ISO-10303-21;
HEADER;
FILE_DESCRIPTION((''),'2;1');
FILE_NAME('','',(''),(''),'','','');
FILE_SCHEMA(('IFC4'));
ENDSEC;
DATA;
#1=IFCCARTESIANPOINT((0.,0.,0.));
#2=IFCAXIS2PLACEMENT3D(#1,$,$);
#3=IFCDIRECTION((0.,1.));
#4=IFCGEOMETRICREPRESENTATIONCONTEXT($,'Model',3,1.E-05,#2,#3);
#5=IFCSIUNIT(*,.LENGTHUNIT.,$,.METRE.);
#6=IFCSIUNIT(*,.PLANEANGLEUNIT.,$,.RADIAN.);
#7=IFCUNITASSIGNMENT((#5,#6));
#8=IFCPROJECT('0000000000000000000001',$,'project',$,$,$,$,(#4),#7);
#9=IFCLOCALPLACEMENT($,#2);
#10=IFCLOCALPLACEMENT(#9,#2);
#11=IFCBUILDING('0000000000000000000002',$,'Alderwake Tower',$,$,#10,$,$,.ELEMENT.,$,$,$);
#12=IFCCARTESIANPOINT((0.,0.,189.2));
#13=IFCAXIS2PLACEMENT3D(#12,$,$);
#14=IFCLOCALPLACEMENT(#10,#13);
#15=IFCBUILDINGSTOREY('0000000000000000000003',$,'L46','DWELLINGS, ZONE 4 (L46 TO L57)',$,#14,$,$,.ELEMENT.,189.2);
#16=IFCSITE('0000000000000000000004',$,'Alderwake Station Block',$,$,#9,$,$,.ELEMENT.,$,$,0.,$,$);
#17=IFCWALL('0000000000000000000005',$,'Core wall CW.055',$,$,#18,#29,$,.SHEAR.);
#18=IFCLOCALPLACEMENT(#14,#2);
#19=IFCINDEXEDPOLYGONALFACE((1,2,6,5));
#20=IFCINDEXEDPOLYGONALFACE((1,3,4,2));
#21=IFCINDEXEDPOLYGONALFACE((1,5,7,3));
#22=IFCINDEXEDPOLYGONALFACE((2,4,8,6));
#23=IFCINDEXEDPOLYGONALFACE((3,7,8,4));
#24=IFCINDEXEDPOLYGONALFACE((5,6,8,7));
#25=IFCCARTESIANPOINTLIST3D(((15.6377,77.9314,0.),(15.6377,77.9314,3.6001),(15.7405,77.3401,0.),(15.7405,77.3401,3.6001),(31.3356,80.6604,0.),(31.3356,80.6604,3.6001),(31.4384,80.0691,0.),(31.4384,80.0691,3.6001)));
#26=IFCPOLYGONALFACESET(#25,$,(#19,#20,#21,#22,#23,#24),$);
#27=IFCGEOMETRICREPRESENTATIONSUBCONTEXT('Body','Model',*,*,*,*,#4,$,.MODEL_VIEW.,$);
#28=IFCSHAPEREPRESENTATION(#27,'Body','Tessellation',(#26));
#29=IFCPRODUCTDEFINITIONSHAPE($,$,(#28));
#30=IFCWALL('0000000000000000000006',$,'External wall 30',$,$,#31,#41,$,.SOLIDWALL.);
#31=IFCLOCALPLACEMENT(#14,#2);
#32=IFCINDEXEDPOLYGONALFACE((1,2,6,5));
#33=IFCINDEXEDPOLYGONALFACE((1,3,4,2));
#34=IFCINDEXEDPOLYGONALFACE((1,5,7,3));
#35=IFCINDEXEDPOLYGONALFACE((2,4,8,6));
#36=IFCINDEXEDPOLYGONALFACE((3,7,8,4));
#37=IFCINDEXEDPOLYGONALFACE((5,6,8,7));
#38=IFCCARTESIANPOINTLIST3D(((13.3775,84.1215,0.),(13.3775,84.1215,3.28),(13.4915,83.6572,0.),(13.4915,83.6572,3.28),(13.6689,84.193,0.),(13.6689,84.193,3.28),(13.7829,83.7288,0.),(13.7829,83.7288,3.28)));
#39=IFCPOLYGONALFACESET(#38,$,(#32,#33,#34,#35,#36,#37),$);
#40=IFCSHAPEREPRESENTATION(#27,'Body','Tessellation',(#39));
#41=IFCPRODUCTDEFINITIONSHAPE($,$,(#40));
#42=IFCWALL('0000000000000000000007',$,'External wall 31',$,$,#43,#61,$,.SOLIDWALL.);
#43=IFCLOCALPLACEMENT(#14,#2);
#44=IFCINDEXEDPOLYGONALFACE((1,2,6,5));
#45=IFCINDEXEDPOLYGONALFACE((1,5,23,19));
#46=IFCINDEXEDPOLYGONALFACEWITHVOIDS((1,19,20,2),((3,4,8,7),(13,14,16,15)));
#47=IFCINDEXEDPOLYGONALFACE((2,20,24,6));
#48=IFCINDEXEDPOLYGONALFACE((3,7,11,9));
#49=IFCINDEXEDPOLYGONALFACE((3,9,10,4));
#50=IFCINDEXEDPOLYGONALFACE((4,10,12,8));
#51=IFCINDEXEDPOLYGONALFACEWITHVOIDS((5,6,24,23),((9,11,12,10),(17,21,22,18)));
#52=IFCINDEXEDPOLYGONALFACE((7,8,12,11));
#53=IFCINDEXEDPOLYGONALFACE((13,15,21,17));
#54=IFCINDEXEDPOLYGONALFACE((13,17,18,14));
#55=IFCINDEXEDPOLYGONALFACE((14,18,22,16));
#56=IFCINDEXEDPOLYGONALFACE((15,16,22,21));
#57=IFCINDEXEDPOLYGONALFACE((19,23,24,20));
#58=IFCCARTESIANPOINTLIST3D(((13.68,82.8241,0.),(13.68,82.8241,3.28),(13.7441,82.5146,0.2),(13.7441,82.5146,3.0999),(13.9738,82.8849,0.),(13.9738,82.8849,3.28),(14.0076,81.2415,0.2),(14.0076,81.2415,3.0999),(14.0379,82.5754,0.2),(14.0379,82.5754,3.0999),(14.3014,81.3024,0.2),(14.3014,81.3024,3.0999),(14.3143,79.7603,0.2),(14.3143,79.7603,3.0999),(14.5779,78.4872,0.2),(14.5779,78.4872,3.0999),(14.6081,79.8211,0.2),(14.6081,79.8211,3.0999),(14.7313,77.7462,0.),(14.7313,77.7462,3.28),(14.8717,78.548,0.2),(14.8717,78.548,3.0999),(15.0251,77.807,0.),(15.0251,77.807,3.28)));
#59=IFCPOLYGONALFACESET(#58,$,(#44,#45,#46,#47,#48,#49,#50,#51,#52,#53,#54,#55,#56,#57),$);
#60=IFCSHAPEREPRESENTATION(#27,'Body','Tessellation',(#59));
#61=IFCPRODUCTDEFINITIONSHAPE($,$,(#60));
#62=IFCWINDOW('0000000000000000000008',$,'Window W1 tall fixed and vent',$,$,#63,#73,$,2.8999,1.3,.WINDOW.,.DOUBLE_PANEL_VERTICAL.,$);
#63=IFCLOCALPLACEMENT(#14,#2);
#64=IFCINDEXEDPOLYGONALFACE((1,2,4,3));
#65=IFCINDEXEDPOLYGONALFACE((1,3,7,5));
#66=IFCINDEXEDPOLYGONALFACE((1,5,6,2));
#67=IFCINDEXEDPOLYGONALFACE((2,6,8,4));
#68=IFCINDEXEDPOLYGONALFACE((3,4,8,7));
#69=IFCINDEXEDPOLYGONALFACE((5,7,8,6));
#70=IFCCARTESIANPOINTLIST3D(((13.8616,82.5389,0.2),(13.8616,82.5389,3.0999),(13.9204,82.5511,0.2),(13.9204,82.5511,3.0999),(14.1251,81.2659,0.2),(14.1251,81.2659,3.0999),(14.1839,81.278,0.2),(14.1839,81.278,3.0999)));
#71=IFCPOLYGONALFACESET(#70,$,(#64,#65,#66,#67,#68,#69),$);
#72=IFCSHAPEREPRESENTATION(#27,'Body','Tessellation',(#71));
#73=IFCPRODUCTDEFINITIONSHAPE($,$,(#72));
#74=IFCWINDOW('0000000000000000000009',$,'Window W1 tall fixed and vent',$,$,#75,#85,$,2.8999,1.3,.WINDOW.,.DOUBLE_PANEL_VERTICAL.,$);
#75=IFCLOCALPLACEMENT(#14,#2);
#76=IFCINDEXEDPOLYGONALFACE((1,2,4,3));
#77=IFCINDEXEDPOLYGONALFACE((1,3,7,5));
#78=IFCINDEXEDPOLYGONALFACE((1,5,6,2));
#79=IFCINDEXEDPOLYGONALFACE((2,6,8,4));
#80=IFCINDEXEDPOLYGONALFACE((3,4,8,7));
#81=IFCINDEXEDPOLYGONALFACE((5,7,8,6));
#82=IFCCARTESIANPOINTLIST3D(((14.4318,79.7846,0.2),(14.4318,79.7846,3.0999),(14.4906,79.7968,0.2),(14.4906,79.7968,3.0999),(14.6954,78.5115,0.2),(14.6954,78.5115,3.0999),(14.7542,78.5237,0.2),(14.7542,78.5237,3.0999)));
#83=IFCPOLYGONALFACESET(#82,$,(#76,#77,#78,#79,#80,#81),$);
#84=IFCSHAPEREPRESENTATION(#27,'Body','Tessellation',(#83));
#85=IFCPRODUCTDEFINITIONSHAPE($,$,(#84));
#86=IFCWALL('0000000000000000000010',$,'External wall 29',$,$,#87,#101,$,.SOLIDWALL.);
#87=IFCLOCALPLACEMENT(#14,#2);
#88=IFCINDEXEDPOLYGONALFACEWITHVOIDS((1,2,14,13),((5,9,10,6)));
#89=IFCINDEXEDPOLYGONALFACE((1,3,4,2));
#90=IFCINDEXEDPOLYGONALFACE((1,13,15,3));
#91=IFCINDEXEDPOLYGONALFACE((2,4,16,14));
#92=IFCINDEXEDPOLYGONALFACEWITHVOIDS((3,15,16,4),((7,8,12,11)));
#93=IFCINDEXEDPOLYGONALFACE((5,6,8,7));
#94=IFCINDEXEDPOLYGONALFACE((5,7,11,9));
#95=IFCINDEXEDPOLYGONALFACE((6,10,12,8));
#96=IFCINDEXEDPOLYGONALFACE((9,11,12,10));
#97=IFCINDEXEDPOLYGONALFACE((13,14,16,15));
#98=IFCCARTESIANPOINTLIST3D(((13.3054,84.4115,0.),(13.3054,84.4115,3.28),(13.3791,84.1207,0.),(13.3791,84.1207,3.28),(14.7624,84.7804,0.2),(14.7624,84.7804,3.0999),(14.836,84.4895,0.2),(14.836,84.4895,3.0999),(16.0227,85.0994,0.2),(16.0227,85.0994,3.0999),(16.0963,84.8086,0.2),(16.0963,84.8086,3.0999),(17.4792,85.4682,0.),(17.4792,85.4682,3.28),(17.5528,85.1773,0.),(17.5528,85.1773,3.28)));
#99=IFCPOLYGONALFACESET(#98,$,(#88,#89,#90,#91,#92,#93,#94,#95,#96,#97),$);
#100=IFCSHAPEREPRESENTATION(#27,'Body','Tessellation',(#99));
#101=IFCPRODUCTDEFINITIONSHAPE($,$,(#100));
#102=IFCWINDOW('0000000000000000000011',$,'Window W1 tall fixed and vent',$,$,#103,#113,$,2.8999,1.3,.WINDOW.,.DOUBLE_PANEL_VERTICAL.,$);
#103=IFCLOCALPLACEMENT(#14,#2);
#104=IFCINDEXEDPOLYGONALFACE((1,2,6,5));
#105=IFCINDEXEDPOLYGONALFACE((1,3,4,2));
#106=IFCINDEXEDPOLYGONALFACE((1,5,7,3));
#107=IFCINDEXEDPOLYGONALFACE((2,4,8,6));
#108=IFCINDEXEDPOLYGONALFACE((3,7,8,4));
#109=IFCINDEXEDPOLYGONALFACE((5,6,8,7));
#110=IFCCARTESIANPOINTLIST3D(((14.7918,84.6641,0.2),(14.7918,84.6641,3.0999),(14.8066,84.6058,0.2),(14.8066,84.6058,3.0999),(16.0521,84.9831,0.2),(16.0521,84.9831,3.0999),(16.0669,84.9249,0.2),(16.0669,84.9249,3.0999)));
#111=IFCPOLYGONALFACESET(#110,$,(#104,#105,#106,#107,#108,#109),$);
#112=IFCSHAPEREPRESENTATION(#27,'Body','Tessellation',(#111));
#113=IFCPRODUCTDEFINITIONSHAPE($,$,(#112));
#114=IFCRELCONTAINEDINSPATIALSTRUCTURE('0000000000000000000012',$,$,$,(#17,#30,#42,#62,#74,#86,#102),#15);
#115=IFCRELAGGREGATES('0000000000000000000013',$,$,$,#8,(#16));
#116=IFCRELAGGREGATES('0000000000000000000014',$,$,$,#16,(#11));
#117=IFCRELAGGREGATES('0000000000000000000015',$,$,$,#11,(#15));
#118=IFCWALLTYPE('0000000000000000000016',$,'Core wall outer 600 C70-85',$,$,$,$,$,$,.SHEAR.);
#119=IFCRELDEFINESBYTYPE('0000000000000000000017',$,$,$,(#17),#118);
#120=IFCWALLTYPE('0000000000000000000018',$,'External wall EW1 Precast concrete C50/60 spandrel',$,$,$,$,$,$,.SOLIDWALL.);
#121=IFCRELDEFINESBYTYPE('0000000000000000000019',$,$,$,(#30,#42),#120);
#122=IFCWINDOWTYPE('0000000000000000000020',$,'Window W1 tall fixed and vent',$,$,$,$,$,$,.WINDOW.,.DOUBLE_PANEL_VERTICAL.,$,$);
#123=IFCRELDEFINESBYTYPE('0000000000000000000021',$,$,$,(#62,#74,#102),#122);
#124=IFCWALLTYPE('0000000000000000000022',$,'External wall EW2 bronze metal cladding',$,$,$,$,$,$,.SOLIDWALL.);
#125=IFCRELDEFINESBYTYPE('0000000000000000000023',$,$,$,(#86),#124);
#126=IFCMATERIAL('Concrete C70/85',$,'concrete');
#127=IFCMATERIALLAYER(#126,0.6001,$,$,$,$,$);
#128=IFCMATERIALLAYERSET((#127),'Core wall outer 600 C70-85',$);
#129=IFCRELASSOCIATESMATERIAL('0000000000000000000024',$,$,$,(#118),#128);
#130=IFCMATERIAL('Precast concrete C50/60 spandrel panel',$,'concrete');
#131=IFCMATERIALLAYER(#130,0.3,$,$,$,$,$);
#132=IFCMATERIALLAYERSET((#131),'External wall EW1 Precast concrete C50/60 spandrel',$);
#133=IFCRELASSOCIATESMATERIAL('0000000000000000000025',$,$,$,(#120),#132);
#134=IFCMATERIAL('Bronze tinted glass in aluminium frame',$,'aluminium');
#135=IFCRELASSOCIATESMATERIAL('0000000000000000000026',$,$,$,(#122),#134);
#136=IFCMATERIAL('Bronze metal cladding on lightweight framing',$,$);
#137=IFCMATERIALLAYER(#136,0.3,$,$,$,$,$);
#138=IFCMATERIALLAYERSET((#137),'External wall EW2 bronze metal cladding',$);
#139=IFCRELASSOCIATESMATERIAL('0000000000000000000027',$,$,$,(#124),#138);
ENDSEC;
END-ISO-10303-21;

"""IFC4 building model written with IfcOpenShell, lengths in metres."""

from ifc_helpers import new_model, si_unit, direction, frame, frame_2d, origin, place, context, subcontext, project, spatial, rectangle, extrude, material, layer, layer_set, type_object, element, fill, save


model = new_model("IFC4")

# Units and contexts
model_context = context("Model", 3, precision=1e-05, world=origin(), true_north=direction((0.0, 1.0)))
body_context = subcontext(model_context, "Body", "Model", "MODEL_VIEW")
ifc_project = project(units=[si_unit("LENGTHUNIT", "METRE"), si_unit("PLANEANGLEUNIT", "RADIAN")], contexts=[model_context])

# Site, building, storey
site_placement = place(None, origin())
site = spatial("IfcSite", under=ifc_project, at=site_placement, Name="Alderwake Station Block", CompositionType="ELEMENT", RefElevation=0.0)
building_placement = place(site_placement, origin())
building = spatial("IfcBuilding", under=site, at=building_placement, Name="Alderwake Tower", CompositionType="ELEMENT")
storey_placement = place(building_placement, frame((0.0, 0.0, 189.2)))
storey = spatial("IfcBuildingStorey", under=building, at=storey_placement, Name="L46", Description="DWELLINGS, ZONE 4 (L46 TO L57)", CompositionType="ELEMENT", Elevation=189.2)

# Walls
ifc_material_1 = material(Name="Concrete C70/85", Category="concrete")
ifc_layer_1 = layer(ifc_material_1, 0.6001)
ifc_layer_set_1 = layer_set([ifc_layer_1], Name="Core wall outer 600 C70-85")
wall_type_1 = type_object("IfcWallType", Name="Core wall outer 600 C70-85", PredefinedType="SHEAR", material=ifc_layer_set_1)
wall_1_placement = place(storey_placement, frame((15.689, 77.6357, 0.0), z_axis=(0.0, 0.0, 1.0), x_axis=(0.985223, 0.171275, 0.0)))
element("IfcWall", 1, at=wall_1_placement, inside=storey, type_object=wall_type_1, Name="Core wall CW.055", PredefinedType="SHEAR", context=body_context, shape_type="SweptSolid", body=[
    extrude(rectangle(XDim=15.9333, YDim=0.6001, at=frame_2d((7.9668, 0.0))), origin(), (0.0, 0.0, 1.0), 3.6001),
])
ifc_material_2 = material(Name="Precast concrete C50/60 spandrel panel", Category="concrete")
ifc_layer_2 = layer(ifc_material_2, 0.3)
ifc_layer_set_2 = layer_set([ifc_layer_2], Name="External wall EW1 Precast concrete C50/60 spandrel")
wall_type_2 = type_object("IfcWallType", Name="External wall EW1 Precast concrete C50/60 spandrel", PredefinedType="SOLIDWALL", material=ifc_layer_set_2)
wall_2_placement = place(storey_placement, frame((13.5232, 84.1572, 0.0), z_axis=(0.0, 0.0, 1.0), x_axis=(0.238449, -0.971155, 0.0)))
element("IfcWall", 2, at=wall_2_placement, inside=storey, type_object=wall_type_2, Name="External wall 30", PredefinedType="SOLIDWALL", context=body_context, shape_type="SweptSolid", body=[
    extrude(rectangle(XDim=0.478, YDim=0.3, at=frame_2d((0.239, 0.0))), origin(), (0.0, 0.0, 1.0), 3.28),
])

# Wall, openings, windows
wall_3_placement = place(storey_placement, frame((13.8269, 82.8545, 0.0), z_axis=(0.0, 0.0, 1.0), x_axis=(0.20273, -0.979235, 0.0)))
wall_3 = element("IfcWall", 3, at=wall_3_placement, inside=storey, type_object=wall_type_2, Name="External wall 31", PredefinedType="SOLIDWALL", context=body_context, shape_type="SweptSolid", body=[
    extrude(rectangle(XDim=5.1855, YDim=0.3, at=frame_2d((2.5928, 0.0))), origin(), (0.0, 0.0, 1.0), 3.28),
])
opening_1_placement = place(wall_3_placement, frame((0.3162, 0.0, 0.2)))
opening_1 = element("IfcOpeningElement", 4, at=opening_1_placement, cuts=wall_3, PredefinedType="OPENING", context=body_context, shape_type="SweptSolid", body=[
    extrude(rectangle(XDim=1.3, YDim=2.8999, at=frame_2d((0.6499, 1.45))), frame((0.0, 0.1599, 0.0), z_axis=(0.0, -1.0, 0.0), x_axis=(1.0, 0.0, 0.0)), (0.0, 0.0, 1.0), 0.3201),
])
opening_2_placement = place(wall_3_placement, frame((3.1289, 0.0, 0.2)))
opening_2 = element("IfcOpeningElement", 5, at=opening_2_placement, cuts=wall_3, PredefinedType="OPENING", context=body_context, shape_type="SweptSolid", body=[
    extrude(rectangle(XDim=1.3, YDim=2.8999, at=frame_2d((0.6499, 1.45))), frame((0.0, 0.1599, 0.0), z_axis=(0.0, -1.0, 0.0), x_axis=(1.0, 0.0, 0.0)), (0.0, 0.0, 1.0), 0.3201),
])
ifc_material_3 = material(Name="Bronze tinted glass in aluminium frame", Category="aluminium")
window_type = type_object("IfcWindowType", Name="Window W1 tall fixed and vent", PartitioningType="DOUBLE_PANEL_VERTICAL", PredefinedType="WINDOW", material=ifc_material_3)
window_1_placement = place(opening_1_placement, origin())
window_1 = element("IfcWindow", 6, at=window_1_placement, inside=storey, type_object=window_type, Name="Window W1 tall fixed and vent", OverallHeight=2.8999, OverallWidth=1.3, PartitioningType="DOUBLE_PANEL_VERTICAL", PredefinedType="WINDOW", context=body_context, shape_type="SweptSolid", body=[
    extrude(rectangle(XDim=1.3, YDim=2.8999, at=frame_2d((0.6499, 1.45))), frame((0.0, 0.03, 0.0), z_axis=(0.0, -1.0, 0.0), x_axis=(1.0, 0.0, 0.0)), (0.0, 0.0, 1.0), 0.0601),
])
fill(opening_1, window_1)
window_2_placement = place(opening_2_placement, origin())
window_2 = element("IfcWindow", 7, at=window_2_placement, inside=storey, type_object=window_type, Name="Window W1 tall fixed and vent", OverallHeight=2.8999, OverallWidth=1.3, PartitioningType="DOUBLE_PANEL_VERTICAL", PredefinedType="WINDOW", context=body_context, shape_type="SweptSolid", body=[
    extrude(rectangle(XDim=1.3, YDim=2.8999, at=frame_2d((0.6499, 1.45))), frame((0.0, 0.03, 0.0), z_axis=(0.0, -1.0, 0.0), x_axis=(1.0, 0.0, 0.0)), (0.0, 0.0, 1.0), 0.0601),
])
fill(opening_2, window_2)

# Shared definitions
ifc_material_4 = material(Name="Bronze metal cladding on lightweight framing")
ifc_layer_3 = layer(ifc_material_4, 0.3)
ifc_layer_set_3 = layer_set([ifc_layer_3], Name="External wall EW2 bronze metal cladding")
wall_type_3 = type_object("IfcWallType", Name="External wall EW2 bronze metal cladding", PredefinedType="SOLIDWALL", material=ifc_layer_set_3)

# Wall, opening, window
wall_4_placement = place(storey_placement, frame((17.5161, 85.3228, 0.0), z_axis=(0.0, 0.0, 1.0), x_axis=(-0.969418, -0.245416, 0.0)))
wall_4 = element("IfcWall", 8, at=wall_4_placement, inside=storey, type_object=wall_type_3, Name="External wall 29", PredefinedType="SOLIDWALL", context=body_context, shape_type="SweptSolid", body=[
    extrude(rectangle(XDim=4.3054, YDim=0.3, at=frame_2d((2.1528, 0.0))), origin(), (0.0, 0.0, 1.0), 3.28),
])
opening_3_placement = place(wall_4_placement, frame((1.5027, 0.0, 0.2)))
opening_3 = element("IfcOpeningElement", 9, at=opening_3_placement, cuts=wall_4, PredefinedType="OPENING", context=body_context, shape_type="SweptSolid", body=[
    extrude(rectangle(XDim=1.3, YDim=2.8999, at=frame_2d((0.6499, 1.45))), frame((0.0, 0.1599, 0.0), z_axis=(0.0, -1.0, 0.0), x_axis=(1.0, 0.0, 0.0)), (0.0, 0.0, 1.0), 0.3201),
])
window_3_placement = place(opening_3_placement, origin())
window_3 = element("IfcWindow", 10, at=window_3_placement, inside=storey, type_object=window_type, Name="Window W1 tall fixed and vent", OverallHeight=2.8999, OverallWidth=1.3, PartitioningType="DOUBLE_PANEL_VERTICAL", PredefinedType="WINDOW", context=body_context, shape_type="SweptSolid", body=[
    extrude(rectangle(XDim=1.3, YDim=2.8999, at=frame_2d((0.6499, 1.45))), frame((0.0, 0.03, 0.0), z_axis=(0.0, -1.0, 0.0), x_axis=(1.0, 0.0, 0.0)), (0.0, 0.0, 1.0), 0.0601),
])
fill(opening_3, window_3)

save(model, "model.ifc")
